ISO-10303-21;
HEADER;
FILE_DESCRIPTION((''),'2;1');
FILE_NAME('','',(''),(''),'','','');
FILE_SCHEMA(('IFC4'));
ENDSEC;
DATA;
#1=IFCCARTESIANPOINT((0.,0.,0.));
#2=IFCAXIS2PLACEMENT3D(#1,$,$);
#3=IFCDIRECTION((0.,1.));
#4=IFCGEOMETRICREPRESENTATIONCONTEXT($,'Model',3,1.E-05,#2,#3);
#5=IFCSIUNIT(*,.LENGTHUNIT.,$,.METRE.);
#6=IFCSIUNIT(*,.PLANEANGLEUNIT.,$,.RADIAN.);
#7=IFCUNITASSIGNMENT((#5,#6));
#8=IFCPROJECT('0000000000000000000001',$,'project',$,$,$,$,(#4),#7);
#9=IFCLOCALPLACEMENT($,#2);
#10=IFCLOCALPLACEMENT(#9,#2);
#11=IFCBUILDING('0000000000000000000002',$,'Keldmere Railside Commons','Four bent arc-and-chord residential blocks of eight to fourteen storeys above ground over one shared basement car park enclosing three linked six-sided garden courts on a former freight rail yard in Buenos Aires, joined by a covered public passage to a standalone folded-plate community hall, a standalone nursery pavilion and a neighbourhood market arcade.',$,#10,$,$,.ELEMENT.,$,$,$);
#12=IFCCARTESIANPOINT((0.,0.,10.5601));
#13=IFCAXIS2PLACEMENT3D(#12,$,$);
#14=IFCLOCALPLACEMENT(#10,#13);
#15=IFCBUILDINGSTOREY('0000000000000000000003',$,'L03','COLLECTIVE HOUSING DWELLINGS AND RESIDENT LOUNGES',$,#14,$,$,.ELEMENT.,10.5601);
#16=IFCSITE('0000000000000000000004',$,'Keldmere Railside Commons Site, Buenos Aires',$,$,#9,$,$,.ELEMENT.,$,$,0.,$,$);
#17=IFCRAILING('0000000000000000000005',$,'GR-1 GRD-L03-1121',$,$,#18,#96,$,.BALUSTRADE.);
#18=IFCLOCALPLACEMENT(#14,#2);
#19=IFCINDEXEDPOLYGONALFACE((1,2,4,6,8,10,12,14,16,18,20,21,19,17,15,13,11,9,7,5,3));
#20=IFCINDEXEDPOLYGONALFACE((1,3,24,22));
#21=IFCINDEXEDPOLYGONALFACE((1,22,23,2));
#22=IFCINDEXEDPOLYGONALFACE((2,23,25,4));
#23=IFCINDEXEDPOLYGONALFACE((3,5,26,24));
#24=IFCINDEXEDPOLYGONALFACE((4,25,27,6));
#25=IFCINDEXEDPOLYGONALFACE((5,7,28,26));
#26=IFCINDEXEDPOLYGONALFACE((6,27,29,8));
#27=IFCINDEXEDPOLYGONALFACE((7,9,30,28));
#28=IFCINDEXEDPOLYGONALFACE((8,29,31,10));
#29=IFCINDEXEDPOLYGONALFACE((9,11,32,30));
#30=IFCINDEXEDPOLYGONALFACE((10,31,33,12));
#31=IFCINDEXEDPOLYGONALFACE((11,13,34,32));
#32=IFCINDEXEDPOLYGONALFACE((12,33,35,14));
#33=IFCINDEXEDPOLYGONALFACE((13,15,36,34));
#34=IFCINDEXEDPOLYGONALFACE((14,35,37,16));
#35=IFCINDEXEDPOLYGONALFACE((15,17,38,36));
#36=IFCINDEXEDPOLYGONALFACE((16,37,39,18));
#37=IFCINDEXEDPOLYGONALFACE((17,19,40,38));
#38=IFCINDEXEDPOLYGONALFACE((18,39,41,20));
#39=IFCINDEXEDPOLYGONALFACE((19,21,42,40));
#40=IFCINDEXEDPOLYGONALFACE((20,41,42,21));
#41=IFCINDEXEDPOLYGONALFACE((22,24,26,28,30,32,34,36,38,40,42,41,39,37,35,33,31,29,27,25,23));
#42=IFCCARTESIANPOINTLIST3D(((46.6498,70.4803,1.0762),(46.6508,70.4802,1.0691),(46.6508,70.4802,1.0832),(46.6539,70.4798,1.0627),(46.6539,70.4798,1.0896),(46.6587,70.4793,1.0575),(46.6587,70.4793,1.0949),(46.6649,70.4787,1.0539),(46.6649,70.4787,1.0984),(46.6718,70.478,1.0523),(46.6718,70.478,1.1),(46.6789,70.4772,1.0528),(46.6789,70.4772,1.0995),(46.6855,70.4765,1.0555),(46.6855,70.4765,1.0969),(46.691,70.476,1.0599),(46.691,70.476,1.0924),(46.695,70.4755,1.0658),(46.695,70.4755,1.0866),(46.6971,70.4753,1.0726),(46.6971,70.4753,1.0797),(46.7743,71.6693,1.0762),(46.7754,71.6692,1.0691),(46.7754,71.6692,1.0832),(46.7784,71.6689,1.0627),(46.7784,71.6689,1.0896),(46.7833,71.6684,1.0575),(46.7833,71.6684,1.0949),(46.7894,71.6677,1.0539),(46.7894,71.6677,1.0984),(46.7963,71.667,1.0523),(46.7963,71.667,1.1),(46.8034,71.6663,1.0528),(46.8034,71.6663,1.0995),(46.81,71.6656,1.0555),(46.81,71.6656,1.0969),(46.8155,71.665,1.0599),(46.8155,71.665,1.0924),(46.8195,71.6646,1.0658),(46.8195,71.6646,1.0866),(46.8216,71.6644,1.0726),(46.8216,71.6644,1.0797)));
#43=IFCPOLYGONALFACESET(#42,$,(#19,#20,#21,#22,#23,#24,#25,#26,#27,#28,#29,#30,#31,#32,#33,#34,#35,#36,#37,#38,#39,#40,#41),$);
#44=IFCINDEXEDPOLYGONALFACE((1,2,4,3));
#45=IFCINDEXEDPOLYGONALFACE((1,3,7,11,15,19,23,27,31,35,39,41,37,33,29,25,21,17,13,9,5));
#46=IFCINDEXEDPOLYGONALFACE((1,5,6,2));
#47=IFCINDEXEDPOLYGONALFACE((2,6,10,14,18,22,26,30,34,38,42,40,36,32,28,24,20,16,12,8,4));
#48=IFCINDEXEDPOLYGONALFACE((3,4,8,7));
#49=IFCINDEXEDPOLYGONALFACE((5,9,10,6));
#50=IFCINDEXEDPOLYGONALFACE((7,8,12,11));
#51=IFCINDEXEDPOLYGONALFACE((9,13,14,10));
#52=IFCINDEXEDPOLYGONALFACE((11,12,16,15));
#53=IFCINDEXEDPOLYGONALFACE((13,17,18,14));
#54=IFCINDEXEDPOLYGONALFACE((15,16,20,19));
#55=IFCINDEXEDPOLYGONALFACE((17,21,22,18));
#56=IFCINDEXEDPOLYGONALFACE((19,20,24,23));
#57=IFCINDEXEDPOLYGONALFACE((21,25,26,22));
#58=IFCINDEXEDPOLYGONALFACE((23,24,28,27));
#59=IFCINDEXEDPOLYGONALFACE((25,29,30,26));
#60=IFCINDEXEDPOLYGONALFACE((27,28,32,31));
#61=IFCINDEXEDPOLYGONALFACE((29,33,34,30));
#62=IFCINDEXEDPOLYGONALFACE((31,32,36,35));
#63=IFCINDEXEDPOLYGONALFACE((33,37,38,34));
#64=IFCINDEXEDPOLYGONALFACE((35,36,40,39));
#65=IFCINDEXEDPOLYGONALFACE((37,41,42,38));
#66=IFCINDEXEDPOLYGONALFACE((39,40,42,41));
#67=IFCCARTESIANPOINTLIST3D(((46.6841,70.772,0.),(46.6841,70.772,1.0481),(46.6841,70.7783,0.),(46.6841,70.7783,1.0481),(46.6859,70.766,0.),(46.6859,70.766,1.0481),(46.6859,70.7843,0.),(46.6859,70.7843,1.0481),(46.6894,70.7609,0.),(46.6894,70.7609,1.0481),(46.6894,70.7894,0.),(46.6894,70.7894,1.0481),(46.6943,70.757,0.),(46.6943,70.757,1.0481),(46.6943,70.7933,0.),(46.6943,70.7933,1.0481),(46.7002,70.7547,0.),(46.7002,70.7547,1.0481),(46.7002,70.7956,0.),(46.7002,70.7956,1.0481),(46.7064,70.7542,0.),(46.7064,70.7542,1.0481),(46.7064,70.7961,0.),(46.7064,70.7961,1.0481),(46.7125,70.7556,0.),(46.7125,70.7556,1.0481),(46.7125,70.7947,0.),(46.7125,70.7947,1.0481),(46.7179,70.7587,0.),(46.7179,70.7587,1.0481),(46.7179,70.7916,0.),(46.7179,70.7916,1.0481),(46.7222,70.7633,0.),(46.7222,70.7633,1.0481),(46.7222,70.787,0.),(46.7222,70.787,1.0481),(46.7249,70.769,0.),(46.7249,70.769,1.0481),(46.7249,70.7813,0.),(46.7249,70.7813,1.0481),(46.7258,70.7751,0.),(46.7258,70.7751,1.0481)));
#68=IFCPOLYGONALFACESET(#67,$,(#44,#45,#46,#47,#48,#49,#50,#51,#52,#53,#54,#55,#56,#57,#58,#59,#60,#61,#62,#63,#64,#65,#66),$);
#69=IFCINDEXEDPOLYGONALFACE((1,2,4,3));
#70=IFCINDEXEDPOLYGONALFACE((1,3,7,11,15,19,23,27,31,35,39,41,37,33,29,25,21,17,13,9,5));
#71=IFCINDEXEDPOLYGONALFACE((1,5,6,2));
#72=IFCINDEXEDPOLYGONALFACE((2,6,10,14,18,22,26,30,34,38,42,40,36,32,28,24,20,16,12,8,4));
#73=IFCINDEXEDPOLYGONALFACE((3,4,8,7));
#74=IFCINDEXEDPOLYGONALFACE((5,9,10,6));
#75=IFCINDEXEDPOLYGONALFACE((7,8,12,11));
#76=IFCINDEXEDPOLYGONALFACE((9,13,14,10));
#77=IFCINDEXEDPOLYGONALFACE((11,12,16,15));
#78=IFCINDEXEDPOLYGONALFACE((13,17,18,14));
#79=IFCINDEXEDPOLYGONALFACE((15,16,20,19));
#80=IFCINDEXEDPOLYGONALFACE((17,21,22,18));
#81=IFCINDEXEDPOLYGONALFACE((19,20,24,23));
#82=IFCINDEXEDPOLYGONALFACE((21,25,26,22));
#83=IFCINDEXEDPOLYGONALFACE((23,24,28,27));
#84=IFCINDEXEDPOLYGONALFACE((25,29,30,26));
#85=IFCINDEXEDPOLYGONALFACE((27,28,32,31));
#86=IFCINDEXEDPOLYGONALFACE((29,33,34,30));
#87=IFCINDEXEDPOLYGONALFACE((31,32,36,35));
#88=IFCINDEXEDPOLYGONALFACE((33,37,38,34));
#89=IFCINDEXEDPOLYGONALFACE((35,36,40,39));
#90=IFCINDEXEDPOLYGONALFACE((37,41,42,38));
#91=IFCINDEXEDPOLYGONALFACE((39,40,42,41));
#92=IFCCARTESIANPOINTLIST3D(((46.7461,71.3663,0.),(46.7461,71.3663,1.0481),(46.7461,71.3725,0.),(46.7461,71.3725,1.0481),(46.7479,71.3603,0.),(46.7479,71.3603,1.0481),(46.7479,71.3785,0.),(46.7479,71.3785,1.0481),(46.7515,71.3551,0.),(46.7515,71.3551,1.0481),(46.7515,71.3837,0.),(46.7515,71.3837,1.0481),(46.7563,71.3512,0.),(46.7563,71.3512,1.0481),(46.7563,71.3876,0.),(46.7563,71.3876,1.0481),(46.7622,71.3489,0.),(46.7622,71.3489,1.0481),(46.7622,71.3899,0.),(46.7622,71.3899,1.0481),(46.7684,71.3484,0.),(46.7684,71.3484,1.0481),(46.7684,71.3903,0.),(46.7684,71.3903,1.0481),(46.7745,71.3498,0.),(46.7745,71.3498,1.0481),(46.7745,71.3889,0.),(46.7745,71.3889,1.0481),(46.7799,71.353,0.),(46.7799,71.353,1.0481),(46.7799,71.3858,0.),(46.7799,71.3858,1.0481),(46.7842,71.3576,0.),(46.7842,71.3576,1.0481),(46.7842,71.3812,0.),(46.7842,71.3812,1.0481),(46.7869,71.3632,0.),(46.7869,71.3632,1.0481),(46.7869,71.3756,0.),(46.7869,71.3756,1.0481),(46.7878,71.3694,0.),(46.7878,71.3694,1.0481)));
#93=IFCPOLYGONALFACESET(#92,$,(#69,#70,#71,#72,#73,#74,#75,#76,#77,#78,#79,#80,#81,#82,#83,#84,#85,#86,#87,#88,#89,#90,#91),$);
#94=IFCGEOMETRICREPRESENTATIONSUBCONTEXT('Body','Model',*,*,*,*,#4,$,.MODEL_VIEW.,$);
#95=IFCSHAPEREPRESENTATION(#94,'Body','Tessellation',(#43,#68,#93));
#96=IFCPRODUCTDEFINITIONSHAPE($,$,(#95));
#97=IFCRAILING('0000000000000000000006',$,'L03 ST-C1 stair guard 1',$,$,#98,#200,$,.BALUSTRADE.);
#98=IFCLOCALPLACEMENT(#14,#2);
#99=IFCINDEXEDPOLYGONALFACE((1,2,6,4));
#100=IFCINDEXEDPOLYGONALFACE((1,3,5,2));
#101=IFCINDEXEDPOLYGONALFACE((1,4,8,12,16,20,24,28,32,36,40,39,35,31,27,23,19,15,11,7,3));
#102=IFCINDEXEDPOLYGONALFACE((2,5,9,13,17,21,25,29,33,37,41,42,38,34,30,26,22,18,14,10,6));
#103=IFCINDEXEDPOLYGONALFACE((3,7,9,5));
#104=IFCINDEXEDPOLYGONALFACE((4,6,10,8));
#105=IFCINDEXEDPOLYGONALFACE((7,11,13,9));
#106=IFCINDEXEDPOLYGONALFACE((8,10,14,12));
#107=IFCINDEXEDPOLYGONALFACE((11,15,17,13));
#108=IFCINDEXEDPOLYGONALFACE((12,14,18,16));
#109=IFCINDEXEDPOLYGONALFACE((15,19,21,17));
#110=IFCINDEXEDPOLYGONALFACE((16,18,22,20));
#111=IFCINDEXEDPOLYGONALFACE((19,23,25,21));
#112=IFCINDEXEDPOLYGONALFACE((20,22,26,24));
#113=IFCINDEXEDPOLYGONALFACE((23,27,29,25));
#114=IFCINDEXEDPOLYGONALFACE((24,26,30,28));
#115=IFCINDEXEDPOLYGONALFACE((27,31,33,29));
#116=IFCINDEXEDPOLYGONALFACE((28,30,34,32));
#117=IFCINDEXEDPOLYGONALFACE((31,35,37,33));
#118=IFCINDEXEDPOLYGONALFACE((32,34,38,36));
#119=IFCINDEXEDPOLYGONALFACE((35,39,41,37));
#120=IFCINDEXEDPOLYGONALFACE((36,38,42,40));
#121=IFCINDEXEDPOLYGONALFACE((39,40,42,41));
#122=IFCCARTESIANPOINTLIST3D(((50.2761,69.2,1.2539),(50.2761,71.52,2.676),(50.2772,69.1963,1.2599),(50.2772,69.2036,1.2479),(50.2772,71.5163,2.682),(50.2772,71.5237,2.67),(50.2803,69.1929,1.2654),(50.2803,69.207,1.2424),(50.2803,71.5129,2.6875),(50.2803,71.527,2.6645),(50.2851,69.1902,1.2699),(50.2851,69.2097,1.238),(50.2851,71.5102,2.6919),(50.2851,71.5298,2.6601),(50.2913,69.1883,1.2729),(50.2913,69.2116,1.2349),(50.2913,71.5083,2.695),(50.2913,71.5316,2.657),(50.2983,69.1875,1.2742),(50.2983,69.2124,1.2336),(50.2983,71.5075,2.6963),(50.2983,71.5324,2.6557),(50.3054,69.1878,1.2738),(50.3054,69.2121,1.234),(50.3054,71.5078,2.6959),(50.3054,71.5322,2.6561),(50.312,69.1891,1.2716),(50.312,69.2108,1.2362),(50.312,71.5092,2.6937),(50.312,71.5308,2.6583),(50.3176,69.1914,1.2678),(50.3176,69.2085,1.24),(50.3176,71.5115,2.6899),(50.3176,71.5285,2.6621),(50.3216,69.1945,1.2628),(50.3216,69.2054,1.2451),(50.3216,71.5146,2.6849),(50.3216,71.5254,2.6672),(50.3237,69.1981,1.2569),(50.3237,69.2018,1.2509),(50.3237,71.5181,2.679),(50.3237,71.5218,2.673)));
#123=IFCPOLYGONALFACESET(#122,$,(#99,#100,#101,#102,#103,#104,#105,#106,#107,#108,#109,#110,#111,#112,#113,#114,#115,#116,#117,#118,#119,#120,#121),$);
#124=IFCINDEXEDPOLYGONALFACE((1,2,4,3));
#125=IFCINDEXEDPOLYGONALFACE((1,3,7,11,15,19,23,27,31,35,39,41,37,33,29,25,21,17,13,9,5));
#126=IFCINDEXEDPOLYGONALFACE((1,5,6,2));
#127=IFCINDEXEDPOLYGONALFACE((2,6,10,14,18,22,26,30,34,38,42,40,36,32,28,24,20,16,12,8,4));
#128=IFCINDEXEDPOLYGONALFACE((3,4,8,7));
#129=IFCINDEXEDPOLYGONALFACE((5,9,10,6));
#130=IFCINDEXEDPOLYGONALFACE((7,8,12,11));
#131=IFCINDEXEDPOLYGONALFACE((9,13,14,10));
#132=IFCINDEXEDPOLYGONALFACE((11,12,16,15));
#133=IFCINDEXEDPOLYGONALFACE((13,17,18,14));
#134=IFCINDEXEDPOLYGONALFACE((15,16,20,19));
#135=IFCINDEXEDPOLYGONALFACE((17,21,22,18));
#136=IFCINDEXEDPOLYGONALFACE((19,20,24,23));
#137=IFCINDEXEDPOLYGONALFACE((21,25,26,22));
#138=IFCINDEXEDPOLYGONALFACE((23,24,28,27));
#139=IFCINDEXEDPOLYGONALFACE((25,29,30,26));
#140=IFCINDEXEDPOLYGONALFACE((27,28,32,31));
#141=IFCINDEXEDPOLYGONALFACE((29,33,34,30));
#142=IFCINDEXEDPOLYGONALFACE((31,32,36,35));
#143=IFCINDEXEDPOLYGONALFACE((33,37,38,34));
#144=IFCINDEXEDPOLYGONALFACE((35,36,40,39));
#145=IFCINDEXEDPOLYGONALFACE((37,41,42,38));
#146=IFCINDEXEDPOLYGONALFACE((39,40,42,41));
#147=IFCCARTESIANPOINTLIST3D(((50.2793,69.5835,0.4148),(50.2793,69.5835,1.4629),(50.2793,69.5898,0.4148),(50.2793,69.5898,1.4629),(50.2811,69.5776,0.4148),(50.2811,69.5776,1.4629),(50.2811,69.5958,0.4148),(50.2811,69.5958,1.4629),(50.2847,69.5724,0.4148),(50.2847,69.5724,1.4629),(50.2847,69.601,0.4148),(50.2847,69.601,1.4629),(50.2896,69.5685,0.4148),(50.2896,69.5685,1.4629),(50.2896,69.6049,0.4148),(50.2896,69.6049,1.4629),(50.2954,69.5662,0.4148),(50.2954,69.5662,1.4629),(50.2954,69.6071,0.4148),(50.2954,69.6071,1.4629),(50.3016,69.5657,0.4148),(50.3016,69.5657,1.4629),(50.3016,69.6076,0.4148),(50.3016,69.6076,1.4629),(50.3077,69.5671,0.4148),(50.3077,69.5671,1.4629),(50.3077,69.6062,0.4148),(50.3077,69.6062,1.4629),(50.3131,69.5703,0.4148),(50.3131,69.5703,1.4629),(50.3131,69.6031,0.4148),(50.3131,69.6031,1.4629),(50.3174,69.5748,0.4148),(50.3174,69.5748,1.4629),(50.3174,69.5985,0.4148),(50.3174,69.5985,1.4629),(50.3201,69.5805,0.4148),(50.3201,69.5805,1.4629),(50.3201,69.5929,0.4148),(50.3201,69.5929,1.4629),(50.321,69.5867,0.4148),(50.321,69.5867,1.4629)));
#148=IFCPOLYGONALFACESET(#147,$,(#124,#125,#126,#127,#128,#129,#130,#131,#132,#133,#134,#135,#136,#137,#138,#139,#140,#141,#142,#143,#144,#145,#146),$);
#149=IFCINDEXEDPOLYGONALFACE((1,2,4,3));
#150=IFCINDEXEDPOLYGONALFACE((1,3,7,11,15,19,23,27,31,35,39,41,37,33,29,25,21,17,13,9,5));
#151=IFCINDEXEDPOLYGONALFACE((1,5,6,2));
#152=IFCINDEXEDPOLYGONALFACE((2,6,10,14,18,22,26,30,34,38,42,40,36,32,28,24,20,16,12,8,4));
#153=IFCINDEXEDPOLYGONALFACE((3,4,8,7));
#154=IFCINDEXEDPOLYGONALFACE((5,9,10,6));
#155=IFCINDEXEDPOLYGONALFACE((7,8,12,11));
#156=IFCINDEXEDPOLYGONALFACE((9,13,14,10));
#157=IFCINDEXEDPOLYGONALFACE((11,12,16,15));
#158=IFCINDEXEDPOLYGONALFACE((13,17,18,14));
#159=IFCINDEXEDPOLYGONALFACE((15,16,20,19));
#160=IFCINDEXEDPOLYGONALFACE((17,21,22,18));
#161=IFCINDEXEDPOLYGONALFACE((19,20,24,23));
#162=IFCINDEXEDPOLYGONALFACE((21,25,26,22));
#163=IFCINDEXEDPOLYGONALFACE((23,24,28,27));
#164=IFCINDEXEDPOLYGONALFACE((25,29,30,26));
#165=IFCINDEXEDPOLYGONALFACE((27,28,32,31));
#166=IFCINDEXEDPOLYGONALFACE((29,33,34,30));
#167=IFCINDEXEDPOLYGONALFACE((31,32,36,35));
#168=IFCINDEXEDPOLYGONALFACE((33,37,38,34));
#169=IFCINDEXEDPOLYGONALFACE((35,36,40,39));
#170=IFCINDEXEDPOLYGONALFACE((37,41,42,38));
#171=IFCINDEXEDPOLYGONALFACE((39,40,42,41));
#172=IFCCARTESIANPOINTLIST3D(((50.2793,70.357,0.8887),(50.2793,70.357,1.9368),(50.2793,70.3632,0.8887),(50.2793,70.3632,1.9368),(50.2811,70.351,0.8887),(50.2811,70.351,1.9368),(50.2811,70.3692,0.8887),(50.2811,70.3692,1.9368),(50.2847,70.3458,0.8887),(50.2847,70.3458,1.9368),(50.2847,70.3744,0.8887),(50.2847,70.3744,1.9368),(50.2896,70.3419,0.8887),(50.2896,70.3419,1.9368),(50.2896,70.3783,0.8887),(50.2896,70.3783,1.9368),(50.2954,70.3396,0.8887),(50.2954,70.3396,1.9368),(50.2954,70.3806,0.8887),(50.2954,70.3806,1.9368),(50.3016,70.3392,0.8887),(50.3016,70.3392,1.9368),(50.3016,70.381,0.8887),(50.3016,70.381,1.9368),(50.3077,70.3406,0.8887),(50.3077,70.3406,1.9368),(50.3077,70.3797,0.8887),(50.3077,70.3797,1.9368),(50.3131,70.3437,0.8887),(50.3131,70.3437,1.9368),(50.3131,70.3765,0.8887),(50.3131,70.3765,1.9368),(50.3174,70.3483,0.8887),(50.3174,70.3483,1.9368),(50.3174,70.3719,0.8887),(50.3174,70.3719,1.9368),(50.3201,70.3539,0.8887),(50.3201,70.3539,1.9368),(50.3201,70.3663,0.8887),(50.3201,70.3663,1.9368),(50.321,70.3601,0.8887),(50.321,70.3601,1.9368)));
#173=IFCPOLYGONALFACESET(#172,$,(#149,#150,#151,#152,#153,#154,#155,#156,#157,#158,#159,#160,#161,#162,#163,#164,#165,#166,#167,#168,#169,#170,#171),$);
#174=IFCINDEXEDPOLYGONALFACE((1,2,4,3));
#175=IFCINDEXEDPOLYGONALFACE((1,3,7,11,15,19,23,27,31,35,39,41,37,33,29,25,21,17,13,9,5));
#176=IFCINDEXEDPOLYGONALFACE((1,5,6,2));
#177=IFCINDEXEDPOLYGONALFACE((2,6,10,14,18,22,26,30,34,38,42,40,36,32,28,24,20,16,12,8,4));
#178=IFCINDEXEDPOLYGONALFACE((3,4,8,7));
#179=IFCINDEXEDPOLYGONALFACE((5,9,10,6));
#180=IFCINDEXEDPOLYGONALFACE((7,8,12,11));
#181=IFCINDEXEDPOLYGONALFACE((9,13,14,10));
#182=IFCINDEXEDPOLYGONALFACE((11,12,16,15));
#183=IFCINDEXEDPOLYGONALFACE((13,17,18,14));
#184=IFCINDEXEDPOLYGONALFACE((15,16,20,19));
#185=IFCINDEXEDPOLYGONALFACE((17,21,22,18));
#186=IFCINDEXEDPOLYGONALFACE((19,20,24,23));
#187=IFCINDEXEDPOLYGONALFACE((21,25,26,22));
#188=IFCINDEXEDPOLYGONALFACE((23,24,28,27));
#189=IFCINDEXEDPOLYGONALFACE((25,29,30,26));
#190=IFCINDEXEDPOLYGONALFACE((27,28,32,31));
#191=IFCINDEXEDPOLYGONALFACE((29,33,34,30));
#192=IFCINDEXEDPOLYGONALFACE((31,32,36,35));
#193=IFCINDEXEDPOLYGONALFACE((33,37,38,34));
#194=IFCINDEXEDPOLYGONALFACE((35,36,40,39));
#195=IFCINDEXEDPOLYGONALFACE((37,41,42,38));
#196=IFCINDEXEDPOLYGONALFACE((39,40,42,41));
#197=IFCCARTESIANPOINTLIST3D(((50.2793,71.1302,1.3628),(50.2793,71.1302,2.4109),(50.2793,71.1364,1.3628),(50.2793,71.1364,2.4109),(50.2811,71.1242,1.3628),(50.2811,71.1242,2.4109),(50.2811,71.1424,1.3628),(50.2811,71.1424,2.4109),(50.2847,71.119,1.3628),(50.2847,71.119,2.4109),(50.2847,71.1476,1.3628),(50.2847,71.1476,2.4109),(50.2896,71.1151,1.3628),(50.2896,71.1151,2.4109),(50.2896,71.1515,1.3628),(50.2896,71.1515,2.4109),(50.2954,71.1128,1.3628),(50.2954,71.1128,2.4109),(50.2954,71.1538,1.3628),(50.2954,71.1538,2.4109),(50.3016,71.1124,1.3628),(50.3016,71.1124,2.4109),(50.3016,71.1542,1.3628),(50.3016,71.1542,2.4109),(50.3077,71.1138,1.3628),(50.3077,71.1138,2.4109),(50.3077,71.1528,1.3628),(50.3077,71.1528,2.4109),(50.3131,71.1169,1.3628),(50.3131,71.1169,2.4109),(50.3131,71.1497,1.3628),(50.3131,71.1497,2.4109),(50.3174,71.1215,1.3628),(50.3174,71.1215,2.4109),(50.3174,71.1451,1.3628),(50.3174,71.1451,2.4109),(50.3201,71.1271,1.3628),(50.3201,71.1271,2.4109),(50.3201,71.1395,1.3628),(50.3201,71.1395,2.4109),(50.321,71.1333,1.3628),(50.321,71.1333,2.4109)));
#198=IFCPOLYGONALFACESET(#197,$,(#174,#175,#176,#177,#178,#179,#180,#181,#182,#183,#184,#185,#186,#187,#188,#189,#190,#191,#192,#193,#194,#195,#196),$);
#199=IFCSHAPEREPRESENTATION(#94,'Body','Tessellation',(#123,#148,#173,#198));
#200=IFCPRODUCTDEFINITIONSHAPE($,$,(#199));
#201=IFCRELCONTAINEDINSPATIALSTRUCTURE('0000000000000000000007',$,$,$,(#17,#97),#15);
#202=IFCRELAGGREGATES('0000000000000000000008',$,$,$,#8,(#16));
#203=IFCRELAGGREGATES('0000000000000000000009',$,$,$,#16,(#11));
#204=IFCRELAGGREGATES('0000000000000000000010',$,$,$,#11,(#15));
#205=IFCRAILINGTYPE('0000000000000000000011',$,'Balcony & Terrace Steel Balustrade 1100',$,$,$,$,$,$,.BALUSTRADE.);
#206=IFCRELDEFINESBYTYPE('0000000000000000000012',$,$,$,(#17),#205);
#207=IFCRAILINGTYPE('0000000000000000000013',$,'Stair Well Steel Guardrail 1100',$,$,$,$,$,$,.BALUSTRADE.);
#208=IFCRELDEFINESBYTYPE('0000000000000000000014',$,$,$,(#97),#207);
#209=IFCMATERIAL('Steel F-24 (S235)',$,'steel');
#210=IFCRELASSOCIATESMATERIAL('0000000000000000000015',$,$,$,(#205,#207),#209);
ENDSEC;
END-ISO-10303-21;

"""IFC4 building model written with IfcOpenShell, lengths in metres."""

from ifc_helpers import new_model, si_unit, direction, frame, origin, origin_2d, place, context, subcontext, project, spatial, circle, extrude, material, type_object, element, save


model = new_model("IFC4")

# Units and contexts
model_context = context("Model", 3, precision=1e-05, world=origin(), true_north=direction((0.0, 1.0)))
body_context = subcontext(model_context, "Body", "Model", "MODEL_VIEW")
ifc_project = project(units=[si_unit("LENGTHUNIT", "METRE"), si_unit("PLANEANGLEUNIT", "RADIAN")], contexts=[model_context])

# Site, building, storey
site_placement = place(None, origin())
site = spatial("IfcSite", under=ifc_project, at=site_placement, Name="Keldmere Railside Commons Site, Buenos Aires", CompositionType="ELEMENT", RefElevation=0.0)
building_placement = place(site_placement, origin())
building = spatial("IfcBuilding", under=site, at=building_placement, Name="Keldmere Railside Commons", Description="Four bent arc-and-chord residential blocks of eight to fourteen storeys above ground over one shared basement car park enclosing three linked six-sided garden courts on a former freight rail yard in Buenos Aires, joined by a covered public passage to a standalone folded-plate community hall, a standalone nursery pavilion and a neighbourhood market arcade.", CompositionType="ELEMENT")
storey_placement = place(building_placement, frame((0.0, 0.0, 10.5601)))
storey = spatial("IfcBuildingStorey", under=building, at=storey_placement, Name="L03", Description="COLLECTIVE HOUSING DWELLINGS AND RESIDENT LOUNGES", CompositionType="ELEMENT", Elevation=10.5601)

# Railings
ifc_material_1 = material(Name="Steel F-24 (S235)", Category="steel")
railing_type_1 = type_object("IfcRailingType", Name="Balcony & Terrace Steel Balustrade 1100", PredefinedType="BALUSTRADE", material=ifc_material_1)
railing_1_placement = place(storey_placement, frame((46.6736, 70.4778, 0.0)))
element("IfcRailing", 1, at=railing_1_placement, inside=storey, type_object=railing_type_1, Name="GR-1 GRD-L03-1121", PredefinedType="BALUSTRADE", context=body_context, shape_type="SweptSolid", body=[
    extrude(circle(Radius=0.0239, at=origin_2d()), frame((0.0, 0.0, 1.0762), z_axis=(0.104153, 0.994561, 0.0), x_axis=(-0.994561, 0.104153, 0.0)), (0.0, 0.0, 1.0), 1.1956),
    extrude(circle(Radius=0.021, at=origin_2d()), frame((0.0312, 0.2974, 0.0)), (0.0, 0.0, 1.0), 1.0481),
    extrude(circle(Radius=0.021, at=origin_2d()), frame((0.0933, 0.8916, 0.0)), (0.0, 0.0, 1.0), 1.0481),
])
railing_type_2 = type_object("IfcRailingType", Name="Stair Well Steel Guardrail 1100", PredefinedType="BALUSTRADE", material=ifc_material_1)
railing_2_placement = place(storey_placement, frame((50.3, 69.2, 0.1777)))
element("IfcRailing", 2, at=railing_2_placement, inside=storey, type_object=railing_type_2, Name="L03 ST-C1 stair guard 1", PredefinedType="BALUSTRADE", context=body_context, shape_type="SweptSolid", body=[
    extrude(circle(Radius=0.0239, at=origin_2d()), frame((0.0, 0.0, 1.0762), z_axis=(0.0, 0.852578, 0.5226), x_axis=(-1.0, 0.0, 0.0)), (0.0, 0.0, 1.0), 2.7212),
    extrude(circle(Radius=0.021, at=origin_2d()), frame((0.0, 0.3867, 0.2371)), (0.0, 0.0, 1.0), 1.0481),
    extrude(circle(Radius=0.021, at=origin_2d()), frame((0.0, 1.1602, 0.7109)), (0.0, 0.0, 1.0), 1.0481),
    extrude(circle(Radius=0.021, at=origin_2d()), frame((0.0, 1.9333, 1.1851)), (0.0, 0.0, 1.0), 1.0481),
])

save(model, "model.ifc")
